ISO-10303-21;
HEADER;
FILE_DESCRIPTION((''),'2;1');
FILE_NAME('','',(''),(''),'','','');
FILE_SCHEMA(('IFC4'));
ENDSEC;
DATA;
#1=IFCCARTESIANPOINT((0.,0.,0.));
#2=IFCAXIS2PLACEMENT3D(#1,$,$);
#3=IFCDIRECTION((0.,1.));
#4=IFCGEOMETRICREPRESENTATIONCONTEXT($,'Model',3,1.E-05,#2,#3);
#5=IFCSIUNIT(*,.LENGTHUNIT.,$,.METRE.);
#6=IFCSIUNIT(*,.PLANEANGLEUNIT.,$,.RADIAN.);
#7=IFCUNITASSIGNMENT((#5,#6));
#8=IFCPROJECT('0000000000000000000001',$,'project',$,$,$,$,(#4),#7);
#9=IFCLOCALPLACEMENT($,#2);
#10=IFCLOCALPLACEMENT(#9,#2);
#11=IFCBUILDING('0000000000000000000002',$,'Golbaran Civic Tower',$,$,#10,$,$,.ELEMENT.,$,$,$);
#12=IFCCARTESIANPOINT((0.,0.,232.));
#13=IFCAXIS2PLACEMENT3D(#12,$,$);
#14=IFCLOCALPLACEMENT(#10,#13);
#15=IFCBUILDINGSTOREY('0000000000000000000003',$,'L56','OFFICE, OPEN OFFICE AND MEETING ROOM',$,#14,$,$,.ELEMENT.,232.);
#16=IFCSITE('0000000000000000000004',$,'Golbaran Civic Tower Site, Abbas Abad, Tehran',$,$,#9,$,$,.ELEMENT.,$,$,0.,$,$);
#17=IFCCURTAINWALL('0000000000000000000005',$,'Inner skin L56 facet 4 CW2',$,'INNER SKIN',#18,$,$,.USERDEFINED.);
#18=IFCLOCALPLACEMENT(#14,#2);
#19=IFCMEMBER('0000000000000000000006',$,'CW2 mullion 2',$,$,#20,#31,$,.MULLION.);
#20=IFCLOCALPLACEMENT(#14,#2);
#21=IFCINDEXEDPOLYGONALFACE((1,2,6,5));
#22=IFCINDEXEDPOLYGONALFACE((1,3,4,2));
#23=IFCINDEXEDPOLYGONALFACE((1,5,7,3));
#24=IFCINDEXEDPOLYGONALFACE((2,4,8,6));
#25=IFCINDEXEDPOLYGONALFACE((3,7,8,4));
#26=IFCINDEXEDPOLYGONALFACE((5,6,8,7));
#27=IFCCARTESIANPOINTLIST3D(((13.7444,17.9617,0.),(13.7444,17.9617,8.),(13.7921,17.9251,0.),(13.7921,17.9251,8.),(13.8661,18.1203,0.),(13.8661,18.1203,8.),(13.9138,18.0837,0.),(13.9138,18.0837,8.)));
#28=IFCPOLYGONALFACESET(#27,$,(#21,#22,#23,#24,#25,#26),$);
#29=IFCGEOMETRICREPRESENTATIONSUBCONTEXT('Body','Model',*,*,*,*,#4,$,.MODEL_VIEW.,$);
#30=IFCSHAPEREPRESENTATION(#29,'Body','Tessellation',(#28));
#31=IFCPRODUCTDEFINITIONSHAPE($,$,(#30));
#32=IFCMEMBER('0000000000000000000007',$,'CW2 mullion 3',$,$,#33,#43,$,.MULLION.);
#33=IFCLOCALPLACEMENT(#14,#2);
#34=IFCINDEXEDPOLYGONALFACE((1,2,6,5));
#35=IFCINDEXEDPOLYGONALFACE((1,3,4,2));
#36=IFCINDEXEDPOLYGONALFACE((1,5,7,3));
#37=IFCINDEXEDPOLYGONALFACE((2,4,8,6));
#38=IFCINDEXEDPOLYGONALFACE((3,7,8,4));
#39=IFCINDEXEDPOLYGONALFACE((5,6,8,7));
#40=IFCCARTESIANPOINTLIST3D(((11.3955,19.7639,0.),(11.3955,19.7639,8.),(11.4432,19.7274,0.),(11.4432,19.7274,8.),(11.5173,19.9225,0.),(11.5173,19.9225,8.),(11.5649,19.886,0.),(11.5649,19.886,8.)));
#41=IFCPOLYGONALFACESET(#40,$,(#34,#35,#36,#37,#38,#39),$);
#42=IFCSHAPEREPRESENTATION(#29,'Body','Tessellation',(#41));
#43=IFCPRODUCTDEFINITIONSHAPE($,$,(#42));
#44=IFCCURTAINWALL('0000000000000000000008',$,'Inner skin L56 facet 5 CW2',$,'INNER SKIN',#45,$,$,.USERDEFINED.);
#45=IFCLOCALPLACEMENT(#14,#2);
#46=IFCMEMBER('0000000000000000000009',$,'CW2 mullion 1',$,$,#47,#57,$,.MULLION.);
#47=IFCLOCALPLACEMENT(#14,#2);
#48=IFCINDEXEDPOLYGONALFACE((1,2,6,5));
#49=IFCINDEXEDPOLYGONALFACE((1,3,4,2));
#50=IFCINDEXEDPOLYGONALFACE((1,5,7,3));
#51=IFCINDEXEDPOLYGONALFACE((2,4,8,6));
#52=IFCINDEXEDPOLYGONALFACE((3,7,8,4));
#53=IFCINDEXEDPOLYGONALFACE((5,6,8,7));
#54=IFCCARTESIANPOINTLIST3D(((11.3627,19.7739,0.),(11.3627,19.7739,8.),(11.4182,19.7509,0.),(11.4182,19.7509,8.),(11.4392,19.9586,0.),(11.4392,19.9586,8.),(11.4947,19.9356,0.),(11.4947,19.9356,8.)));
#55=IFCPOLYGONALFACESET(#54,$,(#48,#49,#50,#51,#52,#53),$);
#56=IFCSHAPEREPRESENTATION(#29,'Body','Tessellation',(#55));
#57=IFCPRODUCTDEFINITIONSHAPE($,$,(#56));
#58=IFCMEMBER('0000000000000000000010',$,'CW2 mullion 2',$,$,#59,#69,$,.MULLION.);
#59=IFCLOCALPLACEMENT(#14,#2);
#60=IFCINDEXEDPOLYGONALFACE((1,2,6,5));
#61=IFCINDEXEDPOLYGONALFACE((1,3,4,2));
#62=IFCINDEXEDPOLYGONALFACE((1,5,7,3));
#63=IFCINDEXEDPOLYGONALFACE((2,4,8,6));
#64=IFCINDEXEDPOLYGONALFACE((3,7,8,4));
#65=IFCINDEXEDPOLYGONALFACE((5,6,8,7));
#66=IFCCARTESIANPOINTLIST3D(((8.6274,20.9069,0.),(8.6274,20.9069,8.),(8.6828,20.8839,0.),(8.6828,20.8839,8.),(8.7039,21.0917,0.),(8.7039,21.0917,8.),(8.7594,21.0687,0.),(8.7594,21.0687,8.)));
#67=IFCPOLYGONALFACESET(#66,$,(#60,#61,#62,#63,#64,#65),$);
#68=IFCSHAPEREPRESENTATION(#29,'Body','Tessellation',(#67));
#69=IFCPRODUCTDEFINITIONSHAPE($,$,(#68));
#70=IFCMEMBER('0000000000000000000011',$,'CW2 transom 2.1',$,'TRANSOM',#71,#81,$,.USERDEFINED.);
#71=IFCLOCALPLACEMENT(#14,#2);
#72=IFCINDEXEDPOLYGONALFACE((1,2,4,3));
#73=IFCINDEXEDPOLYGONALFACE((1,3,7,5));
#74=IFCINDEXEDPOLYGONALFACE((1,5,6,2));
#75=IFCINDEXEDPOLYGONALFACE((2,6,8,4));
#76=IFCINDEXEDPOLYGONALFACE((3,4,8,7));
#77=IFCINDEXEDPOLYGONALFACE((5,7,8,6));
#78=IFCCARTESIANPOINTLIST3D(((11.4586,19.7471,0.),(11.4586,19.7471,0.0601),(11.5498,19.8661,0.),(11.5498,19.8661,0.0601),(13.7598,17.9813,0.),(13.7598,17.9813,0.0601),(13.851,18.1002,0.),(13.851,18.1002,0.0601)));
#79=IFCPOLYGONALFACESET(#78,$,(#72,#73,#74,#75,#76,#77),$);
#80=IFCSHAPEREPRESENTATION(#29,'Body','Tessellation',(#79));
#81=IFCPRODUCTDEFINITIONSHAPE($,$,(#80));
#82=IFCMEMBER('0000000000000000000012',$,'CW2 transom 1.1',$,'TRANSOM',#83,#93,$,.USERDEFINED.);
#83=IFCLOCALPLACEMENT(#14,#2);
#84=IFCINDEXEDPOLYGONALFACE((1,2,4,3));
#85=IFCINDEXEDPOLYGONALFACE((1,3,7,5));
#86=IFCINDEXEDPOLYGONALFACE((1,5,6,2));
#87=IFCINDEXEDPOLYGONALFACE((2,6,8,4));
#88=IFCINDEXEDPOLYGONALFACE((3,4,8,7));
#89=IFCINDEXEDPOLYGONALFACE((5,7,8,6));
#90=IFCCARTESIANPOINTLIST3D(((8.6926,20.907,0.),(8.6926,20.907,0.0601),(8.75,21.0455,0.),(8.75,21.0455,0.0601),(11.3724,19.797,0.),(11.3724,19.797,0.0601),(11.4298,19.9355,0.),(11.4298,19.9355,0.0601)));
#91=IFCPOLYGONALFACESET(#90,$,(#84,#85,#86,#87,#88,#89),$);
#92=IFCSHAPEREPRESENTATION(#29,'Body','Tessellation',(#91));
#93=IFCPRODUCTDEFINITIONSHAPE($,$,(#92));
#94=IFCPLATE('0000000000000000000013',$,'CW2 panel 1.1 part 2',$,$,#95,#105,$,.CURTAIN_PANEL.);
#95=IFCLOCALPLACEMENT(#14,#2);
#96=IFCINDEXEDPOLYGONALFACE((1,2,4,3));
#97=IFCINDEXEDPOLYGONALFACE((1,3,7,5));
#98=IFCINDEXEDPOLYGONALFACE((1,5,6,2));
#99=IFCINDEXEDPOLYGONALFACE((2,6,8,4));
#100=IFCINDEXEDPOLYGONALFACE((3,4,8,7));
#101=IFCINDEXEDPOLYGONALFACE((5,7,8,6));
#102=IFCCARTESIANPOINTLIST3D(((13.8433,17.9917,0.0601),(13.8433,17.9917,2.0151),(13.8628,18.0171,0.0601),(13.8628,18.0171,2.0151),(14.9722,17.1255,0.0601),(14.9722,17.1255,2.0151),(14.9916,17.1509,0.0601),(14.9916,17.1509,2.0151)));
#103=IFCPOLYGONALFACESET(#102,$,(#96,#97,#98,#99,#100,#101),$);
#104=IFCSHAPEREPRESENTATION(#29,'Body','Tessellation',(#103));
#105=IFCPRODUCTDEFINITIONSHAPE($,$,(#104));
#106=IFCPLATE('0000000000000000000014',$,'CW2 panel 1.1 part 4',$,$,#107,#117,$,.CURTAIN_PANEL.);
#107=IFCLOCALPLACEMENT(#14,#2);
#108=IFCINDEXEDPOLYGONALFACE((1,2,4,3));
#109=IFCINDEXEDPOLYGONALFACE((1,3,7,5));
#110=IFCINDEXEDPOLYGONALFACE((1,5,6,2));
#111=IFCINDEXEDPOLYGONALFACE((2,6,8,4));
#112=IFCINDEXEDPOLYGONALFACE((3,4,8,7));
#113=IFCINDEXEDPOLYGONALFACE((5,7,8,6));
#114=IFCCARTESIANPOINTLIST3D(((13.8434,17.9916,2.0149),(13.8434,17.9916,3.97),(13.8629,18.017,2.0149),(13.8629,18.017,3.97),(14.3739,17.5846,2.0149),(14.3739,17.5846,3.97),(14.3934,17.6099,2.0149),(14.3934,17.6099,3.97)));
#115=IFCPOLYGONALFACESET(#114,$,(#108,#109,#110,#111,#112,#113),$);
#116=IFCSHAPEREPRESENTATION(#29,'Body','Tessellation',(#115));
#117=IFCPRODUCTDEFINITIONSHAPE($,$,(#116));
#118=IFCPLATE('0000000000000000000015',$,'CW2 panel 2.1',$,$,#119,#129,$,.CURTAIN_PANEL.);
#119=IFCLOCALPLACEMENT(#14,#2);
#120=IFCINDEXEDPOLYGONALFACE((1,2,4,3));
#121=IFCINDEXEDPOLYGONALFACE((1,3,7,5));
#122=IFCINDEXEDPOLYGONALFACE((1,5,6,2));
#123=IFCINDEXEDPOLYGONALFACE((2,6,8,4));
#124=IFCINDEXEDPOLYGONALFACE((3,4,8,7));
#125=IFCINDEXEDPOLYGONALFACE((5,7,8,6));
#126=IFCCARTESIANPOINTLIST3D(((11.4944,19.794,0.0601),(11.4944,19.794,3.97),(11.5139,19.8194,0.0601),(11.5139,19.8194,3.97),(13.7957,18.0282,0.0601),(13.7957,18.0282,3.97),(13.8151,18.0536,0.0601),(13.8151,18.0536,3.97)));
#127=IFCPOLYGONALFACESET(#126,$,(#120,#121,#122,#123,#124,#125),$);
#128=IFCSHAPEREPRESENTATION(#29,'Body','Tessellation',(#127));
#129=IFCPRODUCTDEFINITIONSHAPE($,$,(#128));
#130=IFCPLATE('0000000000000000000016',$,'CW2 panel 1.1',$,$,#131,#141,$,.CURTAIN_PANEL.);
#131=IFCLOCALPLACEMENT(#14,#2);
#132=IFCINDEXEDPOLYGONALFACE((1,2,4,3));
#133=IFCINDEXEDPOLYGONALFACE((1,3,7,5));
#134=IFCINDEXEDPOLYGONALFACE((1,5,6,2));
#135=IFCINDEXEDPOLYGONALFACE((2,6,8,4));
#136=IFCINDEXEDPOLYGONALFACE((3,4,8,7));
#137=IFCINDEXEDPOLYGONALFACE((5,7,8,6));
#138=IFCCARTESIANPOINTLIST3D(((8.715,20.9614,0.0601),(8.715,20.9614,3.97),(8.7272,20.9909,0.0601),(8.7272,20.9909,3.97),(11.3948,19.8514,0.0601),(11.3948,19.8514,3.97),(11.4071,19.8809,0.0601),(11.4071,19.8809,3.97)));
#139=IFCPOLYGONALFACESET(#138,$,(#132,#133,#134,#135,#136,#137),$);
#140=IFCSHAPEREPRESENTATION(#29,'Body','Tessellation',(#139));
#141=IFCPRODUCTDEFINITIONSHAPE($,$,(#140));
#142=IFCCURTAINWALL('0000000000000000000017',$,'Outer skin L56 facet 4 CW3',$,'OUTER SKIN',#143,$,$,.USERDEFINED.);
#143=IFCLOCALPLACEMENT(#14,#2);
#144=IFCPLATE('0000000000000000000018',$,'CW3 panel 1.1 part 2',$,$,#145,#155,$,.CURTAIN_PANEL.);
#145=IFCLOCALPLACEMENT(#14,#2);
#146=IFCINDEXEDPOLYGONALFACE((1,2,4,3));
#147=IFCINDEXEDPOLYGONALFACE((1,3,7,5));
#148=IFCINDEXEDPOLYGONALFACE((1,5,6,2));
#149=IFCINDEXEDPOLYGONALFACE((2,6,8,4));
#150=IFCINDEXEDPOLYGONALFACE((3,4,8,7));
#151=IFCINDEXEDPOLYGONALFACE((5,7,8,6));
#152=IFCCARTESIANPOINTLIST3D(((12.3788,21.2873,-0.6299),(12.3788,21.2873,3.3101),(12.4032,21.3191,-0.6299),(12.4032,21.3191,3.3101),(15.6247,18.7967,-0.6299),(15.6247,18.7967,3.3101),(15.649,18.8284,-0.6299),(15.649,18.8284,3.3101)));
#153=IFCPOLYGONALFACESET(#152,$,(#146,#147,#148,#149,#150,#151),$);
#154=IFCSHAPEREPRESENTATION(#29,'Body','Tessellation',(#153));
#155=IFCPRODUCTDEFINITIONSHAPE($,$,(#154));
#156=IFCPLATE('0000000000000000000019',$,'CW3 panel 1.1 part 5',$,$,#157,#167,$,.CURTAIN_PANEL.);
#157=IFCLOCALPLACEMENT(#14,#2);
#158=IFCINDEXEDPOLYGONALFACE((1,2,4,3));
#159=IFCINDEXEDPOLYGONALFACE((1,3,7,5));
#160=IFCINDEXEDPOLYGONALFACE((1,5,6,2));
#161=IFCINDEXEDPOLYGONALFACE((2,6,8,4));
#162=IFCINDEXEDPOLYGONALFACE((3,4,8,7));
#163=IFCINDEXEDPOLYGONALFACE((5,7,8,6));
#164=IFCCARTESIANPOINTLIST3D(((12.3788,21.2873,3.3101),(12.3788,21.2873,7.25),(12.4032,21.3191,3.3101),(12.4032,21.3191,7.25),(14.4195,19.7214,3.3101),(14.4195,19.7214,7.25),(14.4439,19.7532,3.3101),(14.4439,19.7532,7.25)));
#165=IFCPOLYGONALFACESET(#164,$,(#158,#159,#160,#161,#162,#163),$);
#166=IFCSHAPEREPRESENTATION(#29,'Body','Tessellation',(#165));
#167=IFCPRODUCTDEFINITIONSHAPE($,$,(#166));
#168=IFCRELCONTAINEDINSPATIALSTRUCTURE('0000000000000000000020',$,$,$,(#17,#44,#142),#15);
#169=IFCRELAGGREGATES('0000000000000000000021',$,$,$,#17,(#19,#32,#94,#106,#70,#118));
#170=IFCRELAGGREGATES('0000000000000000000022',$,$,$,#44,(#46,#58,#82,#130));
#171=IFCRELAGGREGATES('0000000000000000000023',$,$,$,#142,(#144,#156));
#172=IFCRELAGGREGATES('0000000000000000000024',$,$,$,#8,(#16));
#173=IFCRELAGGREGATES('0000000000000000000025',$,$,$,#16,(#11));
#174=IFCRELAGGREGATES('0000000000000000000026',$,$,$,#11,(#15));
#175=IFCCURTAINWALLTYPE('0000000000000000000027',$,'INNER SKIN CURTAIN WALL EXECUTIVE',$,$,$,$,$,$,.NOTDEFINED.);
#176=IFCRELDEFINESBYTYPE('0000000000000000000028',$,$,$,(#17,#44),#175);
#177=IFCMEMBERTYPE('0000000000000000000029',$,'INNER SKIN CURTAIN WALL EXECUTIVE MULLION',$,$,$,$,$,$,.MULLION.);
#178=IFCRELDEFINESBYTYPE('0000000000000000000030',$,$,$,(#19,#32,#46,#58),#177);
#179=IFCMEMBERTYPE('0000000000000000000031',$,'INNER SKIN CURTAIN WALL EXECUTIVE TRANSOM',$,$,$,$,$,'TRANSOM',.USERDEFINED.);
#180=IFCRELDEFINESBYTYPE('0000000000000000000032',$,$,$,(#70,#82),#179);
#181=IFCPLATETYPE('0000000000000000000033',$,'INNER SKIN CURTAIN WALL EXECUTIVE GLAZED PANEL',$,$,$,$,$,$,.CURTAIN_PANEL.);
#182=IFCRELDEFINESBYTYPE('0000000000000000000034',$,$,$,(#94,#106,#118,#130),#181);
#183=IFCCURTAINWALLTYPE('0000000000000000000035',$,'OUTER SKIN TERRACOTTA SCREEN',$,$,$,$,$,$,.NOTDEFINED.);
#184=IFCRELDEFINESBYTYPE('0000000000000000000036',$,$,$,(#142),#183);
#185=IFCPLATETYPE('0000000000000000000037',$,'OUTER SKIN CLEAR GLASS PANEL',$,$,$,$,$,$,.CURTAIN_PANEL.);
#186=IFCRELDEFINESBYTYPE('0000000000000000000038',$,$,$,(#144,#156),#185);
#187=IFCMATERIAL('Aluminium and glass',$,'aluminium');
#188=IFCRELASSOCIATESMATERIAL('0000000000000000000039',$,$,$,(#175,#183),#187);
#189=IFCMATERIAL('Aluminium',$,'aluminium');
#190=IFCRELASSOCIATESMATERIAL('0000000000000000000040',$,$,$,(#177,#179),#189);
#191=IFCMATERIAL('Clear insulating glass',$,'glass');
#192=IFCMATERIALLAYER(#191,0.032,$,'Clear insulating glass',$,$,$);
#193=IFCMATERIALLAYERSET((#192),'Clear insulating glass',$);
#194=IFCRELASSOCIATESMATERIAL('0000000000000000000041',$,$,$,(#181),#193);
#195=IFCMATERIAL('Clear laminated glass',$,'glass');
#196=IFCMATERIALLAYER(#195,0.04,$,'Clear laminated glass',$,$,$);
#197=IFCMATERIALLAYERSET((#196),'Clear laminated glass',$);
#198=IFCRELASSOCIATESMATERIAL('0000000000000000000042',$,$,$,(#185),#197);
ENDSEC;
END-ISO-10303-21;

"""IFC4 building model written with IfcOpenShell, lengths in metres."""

from ifc_helpers import new_model, si_unit, direction, frame, origin, origin_2d, place, context, subcontext, project, spatial, rectangle, extrude, material, layer, layer_set, material_profile, profile_set, type_object, element, aggregate, save


model = new_model("IFC4")

# Units and contexts
model_context = context("Model", 3, precision=1e-05, world=origin(), true_north=direction((0.0, 1.0)))
body_context = subcontext(model_context, "Body", "Model", "MODEL_VIEW")
ifc_project = project(units=[si_unit("LENGTHUNIT", "METRE"), si_unit("PLANEANGLEUNIT", "RADIAN")], contexts=[model_context])

# Site, building, storey
site_placement = place(None, origin())
site = spatial("IfcSite", under=ifc_project, at=site_placement, Name="Golbaran Civic Tower Site, Abbas Abad, Tehran", CompositionType="ELEMENT", RefElevation=0.0)
building_placement = place(site_placement, origin())
building = spatial("IfcBuilding", under=site, at=building_placement, Name="Golbaran Civic Tower", CompositionType="ELEMENT")
storey_placement = place(building_placement, frame((0.0, 0.0, 232.0)))
storey = spatial("IfcBuildingStorey", under=building, at=storey_placement, Name="L56", Description="OFFICE, OPEN OFFICE AND MEETING ROOM", CompositionType="ELEMENT", Elevation=232.0)

# Curtain walls, members
ifc_material_1 = material(Name="Aluminium and glass", Category="aluminium")
curtain_wall_type_1 = type_object("IfcCurtainWallType", Name="INNER SKIN CURTAIN WALL EXECUTIVE", PredefinedType="NOTDEFINED", material=ifc_material_1)
curtain_wall_1_placement = place(storey_placement, origin())
curtain_wall_1 = element("IfcCurtainWall", 1, at=curtain_wall_1_placement, inside=storey, type_object=curtain_wall_type_1, Name="Inner skin L56 facet 4 CW2", ObjectType="INNER SKIN", PredefinedType="USERDEFINED")
ifc_material_2 = material(Name="Aluminium", Category="aluminium")
ifc_material_profile_1 = material_profile(ifc_material_2, rectangle(XDim=0.2, YDim=0.0601, at=origin_2d()), Name="INNER SKIN CURTAIN WALL EXECUTIVE MULLION")
ifc_profile_set_1 = profile_set([ifc_material_profile_1], Name="Aluminium")
member_type_1 = type_object("IfcMemberType", Name="INNER SKIN CURTAIN WALL EXECUTIVE MULLION", PredefinedType="MULLION", material=ifc_profile_set_1)
member_1_placement = place(storey_placement, frame((13.8291, 18.0227, 0.0), z_axis=(0.0, 0.0, 1.0), x_axis=(-0.608761, -0.793353, 0.0)))
member_1 = element("IfcMember", 2, at=member_1_placement, type_object=member_type_1, Name="CW2 mullion 2", PredefinedType="MULLION", context=body_context, shape_type="SweptSolid", body=[
    extrude(rectangle(XDim=0.2, YDim=0.0601, at=origin_2d()), origin(), (0.0, 0.0, 1.0), 8.0),
])
member_2_placement = place(storey_placement, frame((11.4802, 19.825, 0.0), z_axis=(0.0, 0.0, 1.0), x_axis=(-0.608761, -0.793353, 0.0)))
member_2 = element("IfcMember", 3, at=member_2_placement, type_object=member_type_1, Name="CW2 mullion 3", PredefinedType="MULLION", context=body_context, shape_type="SweptSolid", body=[
    extrude(rectangle(XDim=0.2, YDim=0.0601, at=origin_2d()), origin(), (0.0, 0.0, 1.0), 8.0),
])
curtain_wall_2_placement = place(storey_placement, origin())
curtain_wall_2 = element("IfcCurtainWall", 4, at=curtain_wall_2_placement, inside=storey, type_object=curtain_wall_type_1, Name="Inner skin L56 facet 5 CW2", ObjectType="INNER SKIN", PredefinedType="USERDEFINED")
member_3_placement = place(storey_placement, frame((11.4287, 19.8547, 0.0), z_axis=(0.0, 0.0, 1.0), x_axis=(-0.382683, -0.92388, 0.0)))
member_3 = element("IfcMember", 5, at=member_3_placement, type_object=member_type_1, Name="CW2 mullion 1", PredefinedType="MULLION", context=body_context, shape_type="SweptSolid", body=[
    extrude(rectangle(XDim=0.2, YDim=0.0601, at=origin_2d()), origin(), (0.0, 0.0, 1.0), 8.0),
])
member_4_placement = place(storey_placement, frame((8.6934, 20.9878, 0.0), z_axis=(0.0, 0.0, 1.0), x_axis=(-0.382683, -0.92388, 0.0)))
member_4 = element("IfcMember", 6, at=member_4_placement, type_object=member_type_1, Name="CW2 mullion 2", PredefinedType="MULLION", context=body_context, shape_type="SweptSolid", body=[
    extrude(rectangle(XDim=0.2, YDim=0.0601, at=origin_2d()), origin(), (0.0, 0.0, 1.0), 8.0),
])

# Members
ifc_material_profile_2 = material_profile(ifc_material_2, rectangle(XDim=0.1499, YDim=0.0601, at=origin_2d()), Name="INNER SKIN CURTAIN WALL EXECUTIVE TRANSOM")
ifc_profile_set_2 = profile_set([ifc_material_profile_2], Name="Aluminium")
member_type_2 = type_object("IfcMemberType", Name="INNER SKIN CURTAIN WALL EXECUTIVE TRANSOM", ElementType="TRANSOM", PredefinedType="USERDEFINED", material=ifc_profile_set_2)
member_5_placement = place(storey_placement, frame((13.8054, 18.0408, 0.03), z_axis=(-0.793346, 0.608771, 0.0), x_axis=(-0.608771, -0.793346, 0.0)))
member_5 = element("IfcMember", 7, at=member_5_placement, type_object=member_type_2, Name="CW2 transom 2.1", ObjectType="TRANSOM", PredefinedType="USERDEFINED", context=body_context, shape_type="SweptSolid", body=[
    extrude(rectangle(XDim=0.1499, YDim=0.0601, at=origin_2d()), origin(), (0.0, 0.0, 1.0), 2.9006),
])
member_6_placement = place(storey_placement, frame((11.4011, 19.8662, 0.03), z_axis=(-0.923874, 0.382696, 0.0), x_axis=(-0.382696, -0.923874, 0.0)))
member_6 = element("IfcMember", 8, at=member_6_placement, type_object=member_type_2, Name="CW2 transom 1.1", ObjectType="TRANSOM", PredefinedType="USERDEFINED", context=body_context, shape_type="SweptSolid", body=[
    extrude(rectangle(XDim=0.1499, YDim=0.0601, at=origin_2d()), origin(), (0.0, 0.0, 1.0), 2.9006),
])

# Plates
ifc_material_3 = material(Name="Clear insulating glass", Category="glass")
ifc_layer_1 = layer(ifc_material_3, 0.032, Name="Clear insulating glass")
ifc_layer_set_1 = layer_set([ifc_layer_1], Name="Clear insulating glass")
plate_type_1 = type_object("IfcPlateType", Name="INNER SKIN CURTAIN WALL EXECUTIVE GLAZED PANEL", PredefinedType="CURTAIN_PANEL", material=ifc_layer_set_1)
plate_1_placement = place(storey_placement, frame((14.4175, 17.5713, 0.0601), z_axis=(0.0, 0.0, 1.0), x_axis=(-0.793353, 0.608761, 0.0)))
plate_1 = element("IfcPlate", 9, at=plate_1_placement, type_object=plate_type_1, Name="CW2 panel 1.1 part 2", PredefinedType="CURTAIN_PANEL", context=body_context, shape_type="SweptSolid", body=[
    extrude(rectangle(XDim=1.4229, YDim=0.032, at=origin_2d()), origin(), (0.0, 0.0, 1.0), 1.9551),
])
plate_2_placement = place(storey_placement, frame((14.1184, 17.8008, 2.0149), z_axis=(0.0, 0.0, 1.0), x_axis=(-0.793353, 0.608761, 0.0)))
plate_2 = element("IfcPlate", 10, at=plate_2_placement, type_object=plate_type_1, Name="CW2 panel 1.1 part 4", PredefinedType="CURTAIN_PANEL", context=body_context, shape_type="SweptSolid", body=[
    extrude(rectangle(XDim=0.6687, YDim=0.032, at=origin_2d()), origin(), (0.0, 0.0, 1.0), 1.9551),
])
plate_3_placement = place(storey_placement, frame((12.6548, 18.9238, 0.0601), z_axis=(0.0, 0.0, 1.0), x_axis=(-0.793353, 0.608761, 0.0)))
plate_3 = element("IfcPlate", 11, at=plate_3_placement, type_object=plate_type_1, Name="CW2 panel 2.1", PredefinedType="CURTAIN_PANEL", context=body_context, shape_type="SweptSolid", body=[
    extrude(rectangle(XDim=2.9006, YDim=0.032, at=origin_2d()), origin(), (0.0, 0.0, 1.0), 3.9099),
])
aggregate(curtain_wall_1, [member_1, member_2, plate_1, plate_2, member_5, plate_3])
plate_4_placement = place(storey_placement, frame((10.061, 20.4211, 0.0601), z_axis=(0.0, 0.0, 1.0), x_axis=(-0.92388, 0.382683, 0.0)))
plate_4 = element("IfcPlate", 12, at=plate_4_placement, type_object=plate_type_1, Name="CW2 panel 1.1", PredefinedType="CURTAIN_PANEL", context=body_context, shape_type="SweptSolid", body=[
    extrude(rectangle(XDim=2.9006, YDim=0.032, at=origin_2d()), origin(), (0.0, 0.0, 1.0), 3.9099),
])
aggregate(curtain_wall_2, [member_3, member_4, member_6, plate_4])

# Curtain wall, plates
curtain_wall_type_2 = type_object("IfcCurtainWallType", Name="OUTER SKIN TERRACOTTA SCREEN", PredefinedType="NOTDEFINED", material=ifc_material_1)
curtain_wall_3_placement = place(storey_placement, origin())
curtain_wall_3 = element("IfcCurtainWall", 13, at=curtain_wall_3_placement, inside=storey, type_object=curtain_wall_type_2, Name="Outer skin L56 facet 4 CW3", ObjectType="OUTER SKIN", PredefinedType="USERDEFINED")
ifc_material_4 = material(Name="Clear laminated glass", Category="glass")
ifc_layer_2 = layer(ifc_material_4, 0.04, Name="Clear laminated glass")
ifc_layer_set_2 = layer_set([ifc_layer_2], Name="Clear laminated glass")
plate_type_2 = type_object("IfcPlateType", Name="OUTER SKIN CLEAR GLASS PANEL", PredefinedType="CURTAIN_PANEL", material=ifc_layer_set_2)
plate_5_placement = place(storey_placement, frame((14.0139, 20.0579, -0.6299), z_axis=(0.0, 0.0, 1.0), x_axis=(-0.793353, 0.608761, 0.0)))
plate_5 = element("IfcPlate", 14, at=plate_5_placement, type_object=plate_type_2, Name="CW3 panel 1.1 part 2", PredefinedType="CURTAIN_PANEL", context=body_context, shape_type="SweptSolid", body=[
    extrude(rectangle(XDim=4.0913, YDim=0.04, at=origin_2d()), origin(), (0.0, 0.0, 1.0), 3.9399),
])
plate_6_placement = place(storey_placement, frame((13.4114, 20.5203, 3.3101), z_axis=(0.0, 0.0, 1.0), x_axis=(-0.793353, 0.608761, 0.0)))
plate_6 = element("IfcPlate", 15, at=plate_6_placement, type_object=plate_type_2, Name="CW3 panel 1.1 part 5", PredefinedType="CURTAIN_PANEL", context=body_context, shape_type="SweptSolid", body=[
    extrude(rectangle(XDim=2.5723, YDim=0.04, at=origin_2d()), origin(), (0.0, 0.0, 1.0), 3.9399),
])
aggregate(curtain_wall_3, [plate_5, plate_6])

save(model, "model.ifc")
